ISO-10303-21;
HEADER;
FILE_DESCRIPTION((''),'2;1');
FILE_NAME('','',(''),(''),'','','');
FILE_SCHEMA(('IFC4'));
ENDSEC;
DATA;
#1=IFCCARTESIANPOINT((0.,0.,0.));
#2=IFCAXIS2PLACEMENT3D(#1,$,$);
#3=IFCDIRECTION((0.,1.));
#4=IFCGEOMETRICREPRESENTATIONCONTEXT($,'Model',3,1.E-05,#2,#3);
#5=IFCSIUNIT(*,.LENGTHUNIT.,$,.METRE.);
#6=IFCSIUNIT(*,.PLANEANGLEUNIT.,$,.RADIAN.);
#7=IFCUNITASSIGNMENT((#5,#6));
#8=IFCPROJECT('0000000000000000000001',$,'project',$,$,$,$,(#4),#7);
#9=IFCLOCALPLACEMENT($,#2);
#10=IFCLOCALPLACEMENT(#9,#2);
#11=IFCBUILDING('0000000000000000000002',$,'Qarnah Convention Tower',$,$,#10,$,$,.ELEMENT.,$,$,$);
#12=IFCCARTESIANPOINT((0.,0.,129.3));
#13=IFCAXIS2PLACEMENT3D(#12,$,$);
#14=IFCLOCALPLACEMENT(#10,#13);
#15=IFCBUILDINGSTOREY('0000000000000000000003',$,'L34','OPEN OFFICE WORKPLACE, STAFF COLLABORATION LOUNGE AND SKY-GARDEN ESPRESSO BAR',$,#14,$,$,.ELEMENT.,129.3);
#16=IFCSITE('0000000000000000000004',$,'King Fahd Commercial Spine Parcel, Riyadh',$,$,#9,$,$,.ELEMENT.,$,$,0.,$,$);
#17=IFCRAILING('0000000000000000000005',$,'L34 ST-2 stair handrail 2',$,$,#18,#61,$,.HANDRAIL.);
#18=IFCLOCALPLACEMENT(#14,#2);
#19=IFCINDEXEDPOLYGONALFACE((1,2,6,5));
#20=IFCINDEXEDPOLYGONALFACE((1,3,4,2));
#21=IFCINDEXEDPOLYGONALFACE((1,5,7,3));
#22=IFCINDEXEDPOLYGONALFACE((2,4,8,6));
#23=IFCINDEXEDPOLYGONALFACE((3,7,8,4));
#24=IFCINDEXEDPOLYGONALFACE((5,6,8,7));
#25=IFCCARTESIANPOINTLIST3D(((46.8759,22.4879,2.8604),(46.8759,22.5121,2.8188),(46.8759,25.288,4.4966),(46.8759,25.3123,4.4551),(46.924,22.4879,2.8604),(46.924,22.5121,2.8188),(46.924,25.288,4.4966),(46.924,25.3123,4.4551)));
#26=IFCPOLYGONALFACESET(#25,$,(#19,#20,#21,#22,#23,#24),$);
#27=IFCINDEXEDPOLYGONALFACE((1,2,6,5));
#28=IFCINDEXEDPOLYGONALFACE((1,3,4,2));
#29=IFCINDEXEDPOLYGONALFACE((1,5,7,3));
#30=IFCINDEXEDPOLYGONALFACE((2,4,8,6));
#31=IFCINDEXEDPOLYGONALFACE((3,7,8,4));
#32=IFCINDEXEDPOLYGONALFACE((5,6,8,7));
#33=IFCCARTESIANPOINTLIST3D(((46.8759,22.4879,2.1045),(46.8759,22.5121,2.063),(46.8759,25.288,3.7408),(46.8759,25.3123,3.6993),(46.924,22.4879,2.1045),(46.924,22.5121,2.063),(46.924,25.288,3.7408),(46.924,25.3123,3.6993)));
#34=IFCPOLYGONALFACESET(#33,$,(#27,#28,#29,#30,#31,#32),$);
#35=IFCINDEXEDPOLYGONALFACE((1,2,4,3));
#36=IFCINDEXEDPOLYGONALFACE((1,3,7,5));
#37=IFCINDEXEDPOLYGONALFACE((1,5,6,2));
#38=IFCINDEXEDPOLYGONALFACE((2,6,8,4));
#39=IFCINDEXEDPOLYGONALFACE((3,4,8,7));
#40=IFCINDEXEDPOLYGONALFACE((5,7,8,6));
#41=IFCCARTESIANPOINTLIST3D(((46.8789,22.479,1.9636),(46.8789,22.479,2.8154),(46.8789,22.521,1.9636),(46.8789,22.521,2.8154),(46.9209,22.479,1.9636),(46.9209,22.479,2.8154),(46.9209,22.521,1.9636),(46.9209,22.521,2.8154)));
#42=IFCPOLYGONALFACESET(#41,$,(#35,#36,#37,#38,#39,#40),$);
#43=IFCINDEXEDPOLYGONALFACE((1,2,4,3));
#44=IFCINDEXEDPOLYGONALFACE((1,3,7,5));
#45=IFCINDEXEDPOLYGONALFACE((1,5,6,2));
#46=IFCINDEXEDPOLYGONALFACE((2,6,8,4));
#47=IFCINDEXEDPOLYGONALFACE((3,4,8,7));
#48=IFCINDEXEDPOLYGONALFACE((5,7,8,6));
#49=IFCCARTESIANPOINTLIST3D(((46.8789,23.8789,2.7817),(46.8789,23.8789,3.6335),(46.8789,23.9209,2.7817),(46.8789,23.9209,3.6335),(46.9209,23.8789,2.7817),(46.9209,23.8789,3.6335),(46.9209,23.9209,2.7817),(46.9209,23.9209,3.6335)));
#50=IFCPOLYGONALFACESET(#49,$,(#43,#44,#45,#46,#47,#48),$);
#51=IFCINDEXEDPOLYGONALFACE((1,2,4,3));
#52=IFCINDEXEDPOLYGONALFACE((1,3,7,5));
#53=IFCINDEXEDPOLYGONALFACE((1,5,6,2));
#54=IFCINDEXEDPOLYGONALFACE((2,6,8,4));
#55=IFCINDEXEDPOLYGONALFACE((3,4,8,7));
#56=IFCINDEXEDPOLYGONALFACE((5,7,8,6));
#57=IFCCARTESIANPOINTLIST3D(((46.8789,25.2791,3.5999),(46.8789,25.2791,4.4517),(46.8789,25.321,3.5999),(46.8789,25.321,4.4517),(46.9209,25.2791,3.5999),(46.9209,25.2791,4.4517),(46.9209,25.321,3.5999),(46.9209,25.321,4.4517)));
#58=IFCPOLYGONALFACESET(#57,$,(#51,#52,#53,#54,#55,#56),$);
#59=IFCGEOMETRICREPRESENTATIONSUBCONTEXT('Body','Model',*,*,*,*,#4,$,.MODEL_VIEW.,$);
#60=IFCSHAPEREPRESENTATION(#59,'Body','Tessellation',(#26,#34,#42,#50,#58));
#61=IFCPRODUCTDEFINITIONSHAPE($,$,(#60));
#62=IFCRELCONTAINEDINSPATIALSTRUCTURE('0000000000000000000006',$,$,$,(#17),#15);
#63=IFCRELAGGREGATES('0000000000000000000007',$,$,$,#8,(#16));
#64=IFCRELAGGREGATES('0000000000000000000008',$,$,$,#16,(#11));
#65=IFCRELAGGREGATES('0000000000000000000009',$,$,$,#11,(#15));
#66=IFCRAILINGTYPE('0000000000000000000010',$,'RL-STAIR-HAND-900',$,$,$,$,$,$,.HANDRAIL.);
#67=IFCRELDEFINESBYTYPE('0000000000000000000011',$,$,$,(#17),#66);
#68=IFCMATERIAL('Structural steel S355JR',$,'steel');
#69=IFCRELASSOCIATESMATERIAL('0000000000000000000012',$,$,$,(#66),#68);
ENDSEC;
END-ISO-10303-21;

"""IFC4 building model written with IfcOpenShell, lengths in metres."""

from ifc_helpers import new_model, si_unit, direction, frame, origin, origin_2d, place, context, subcontext, project, spatial, rectangle, extrude, material, type_object, element, save


model = new_model("IFC4")

# Units and contexts
model_context = context("Model", 3, precision=1e-05, world=origin(), true_north=direction((0.0, 1.0)))
body_context = subcontext(model_context, "Body", "Model", "MODEL_VIEW")
ifc_project = project(units=[si_unit("LENGTHUNIT", "METRE"), si_unit("PLANEANGLEUNIT", "RADIAN")], contexts=[model_context])

# Site, building, storey
site_placement = place(None, origin())
site = spatial("IfcSite", under=ifc_project, at=site_placement, Name="King Fahd Commercial Spine Parcel, Riyadh", CompositionType="ELEMENT", RefElevation=0.0)
building_placement = place(site_placement, origin())
building = spatial("IfcBuilding", under=site, at=building_placement, Name="Qarnah Convention Tower", CompositionType="ELEMENT")
storey_placement = place(building_placement, frame((0.0, 0.0, 129.3)))
storey = spatial("IfcBuildingStorey", under=building, at=storey_placement, Name="L34", Description="OPEN OFFICE WORKPLACE, STAFF COLLABORATION LOUNGE AND SKY-GARDEN ESPRESSO BAR", CompositionType="ELEMENT", Elevation=129.3)

# Shared definitions
ifc_material_1 = material(Name="Structural steel S355JR", Category="steel")

# Railing
railing_type_1 = type_object("IfcRailingType", Name="RL-STAIR-HAND-900", PredefinedType="HANDRAIL", material=ifc_material_1)
railing_1_placement = place(storey_placement, frame((46.8999, 22.5, 1.9636)))
element("IfcRailing", 1, at=railing_1_placement, inside=storey, type_object=railing_type_1, Name="L34 ST-2 stair handrail 2", PredefinedType="HANDRAIL", context=body_context, shape_type="SweptSolid", body=[
    extrude(rectangle(XDim=0.0481, YDim=0.0481, at=origin_2d()), frame((0.0, 0.0, 0.876), z_axis=(0.0, 0.863394, 0.504531), x_axis=(-1.0, 0.0, 0.0)), (0.0, 0.0, 1.0), 3.2432),
    extrude(rectangle(XDim=0.0481, YDim=0.0481, at=origin_2d()), frame((0.0, 0.0, 0.1201), z_axis=(0.0, 0.863394, 0.504531), x_axis=(-1.0, 0.0, 0.0)), (0.0, 0.0, 1.0), 3.2432),
    extrude(rectangle(XDim=0.042, YDim=0.042, at=origin_2d()), origin(), (0.0, 0.0, 1.0), 0.8518),
    extrude(rectangle(XDim=0.042, YDim=0.042, at=origin_2d()), frame((0.0, 1.3999, 0.8181)), (0.0, 0.0, 1.0), 0.8518),
    extrude(rectangle(XDim=0.042, YDim=0.042, at=origin_2d()), frame((0.0, 2.8, 1.6362)), (0.0, 0.0, 1.0), 0.8518),
])

save(model, "model.ifc")
